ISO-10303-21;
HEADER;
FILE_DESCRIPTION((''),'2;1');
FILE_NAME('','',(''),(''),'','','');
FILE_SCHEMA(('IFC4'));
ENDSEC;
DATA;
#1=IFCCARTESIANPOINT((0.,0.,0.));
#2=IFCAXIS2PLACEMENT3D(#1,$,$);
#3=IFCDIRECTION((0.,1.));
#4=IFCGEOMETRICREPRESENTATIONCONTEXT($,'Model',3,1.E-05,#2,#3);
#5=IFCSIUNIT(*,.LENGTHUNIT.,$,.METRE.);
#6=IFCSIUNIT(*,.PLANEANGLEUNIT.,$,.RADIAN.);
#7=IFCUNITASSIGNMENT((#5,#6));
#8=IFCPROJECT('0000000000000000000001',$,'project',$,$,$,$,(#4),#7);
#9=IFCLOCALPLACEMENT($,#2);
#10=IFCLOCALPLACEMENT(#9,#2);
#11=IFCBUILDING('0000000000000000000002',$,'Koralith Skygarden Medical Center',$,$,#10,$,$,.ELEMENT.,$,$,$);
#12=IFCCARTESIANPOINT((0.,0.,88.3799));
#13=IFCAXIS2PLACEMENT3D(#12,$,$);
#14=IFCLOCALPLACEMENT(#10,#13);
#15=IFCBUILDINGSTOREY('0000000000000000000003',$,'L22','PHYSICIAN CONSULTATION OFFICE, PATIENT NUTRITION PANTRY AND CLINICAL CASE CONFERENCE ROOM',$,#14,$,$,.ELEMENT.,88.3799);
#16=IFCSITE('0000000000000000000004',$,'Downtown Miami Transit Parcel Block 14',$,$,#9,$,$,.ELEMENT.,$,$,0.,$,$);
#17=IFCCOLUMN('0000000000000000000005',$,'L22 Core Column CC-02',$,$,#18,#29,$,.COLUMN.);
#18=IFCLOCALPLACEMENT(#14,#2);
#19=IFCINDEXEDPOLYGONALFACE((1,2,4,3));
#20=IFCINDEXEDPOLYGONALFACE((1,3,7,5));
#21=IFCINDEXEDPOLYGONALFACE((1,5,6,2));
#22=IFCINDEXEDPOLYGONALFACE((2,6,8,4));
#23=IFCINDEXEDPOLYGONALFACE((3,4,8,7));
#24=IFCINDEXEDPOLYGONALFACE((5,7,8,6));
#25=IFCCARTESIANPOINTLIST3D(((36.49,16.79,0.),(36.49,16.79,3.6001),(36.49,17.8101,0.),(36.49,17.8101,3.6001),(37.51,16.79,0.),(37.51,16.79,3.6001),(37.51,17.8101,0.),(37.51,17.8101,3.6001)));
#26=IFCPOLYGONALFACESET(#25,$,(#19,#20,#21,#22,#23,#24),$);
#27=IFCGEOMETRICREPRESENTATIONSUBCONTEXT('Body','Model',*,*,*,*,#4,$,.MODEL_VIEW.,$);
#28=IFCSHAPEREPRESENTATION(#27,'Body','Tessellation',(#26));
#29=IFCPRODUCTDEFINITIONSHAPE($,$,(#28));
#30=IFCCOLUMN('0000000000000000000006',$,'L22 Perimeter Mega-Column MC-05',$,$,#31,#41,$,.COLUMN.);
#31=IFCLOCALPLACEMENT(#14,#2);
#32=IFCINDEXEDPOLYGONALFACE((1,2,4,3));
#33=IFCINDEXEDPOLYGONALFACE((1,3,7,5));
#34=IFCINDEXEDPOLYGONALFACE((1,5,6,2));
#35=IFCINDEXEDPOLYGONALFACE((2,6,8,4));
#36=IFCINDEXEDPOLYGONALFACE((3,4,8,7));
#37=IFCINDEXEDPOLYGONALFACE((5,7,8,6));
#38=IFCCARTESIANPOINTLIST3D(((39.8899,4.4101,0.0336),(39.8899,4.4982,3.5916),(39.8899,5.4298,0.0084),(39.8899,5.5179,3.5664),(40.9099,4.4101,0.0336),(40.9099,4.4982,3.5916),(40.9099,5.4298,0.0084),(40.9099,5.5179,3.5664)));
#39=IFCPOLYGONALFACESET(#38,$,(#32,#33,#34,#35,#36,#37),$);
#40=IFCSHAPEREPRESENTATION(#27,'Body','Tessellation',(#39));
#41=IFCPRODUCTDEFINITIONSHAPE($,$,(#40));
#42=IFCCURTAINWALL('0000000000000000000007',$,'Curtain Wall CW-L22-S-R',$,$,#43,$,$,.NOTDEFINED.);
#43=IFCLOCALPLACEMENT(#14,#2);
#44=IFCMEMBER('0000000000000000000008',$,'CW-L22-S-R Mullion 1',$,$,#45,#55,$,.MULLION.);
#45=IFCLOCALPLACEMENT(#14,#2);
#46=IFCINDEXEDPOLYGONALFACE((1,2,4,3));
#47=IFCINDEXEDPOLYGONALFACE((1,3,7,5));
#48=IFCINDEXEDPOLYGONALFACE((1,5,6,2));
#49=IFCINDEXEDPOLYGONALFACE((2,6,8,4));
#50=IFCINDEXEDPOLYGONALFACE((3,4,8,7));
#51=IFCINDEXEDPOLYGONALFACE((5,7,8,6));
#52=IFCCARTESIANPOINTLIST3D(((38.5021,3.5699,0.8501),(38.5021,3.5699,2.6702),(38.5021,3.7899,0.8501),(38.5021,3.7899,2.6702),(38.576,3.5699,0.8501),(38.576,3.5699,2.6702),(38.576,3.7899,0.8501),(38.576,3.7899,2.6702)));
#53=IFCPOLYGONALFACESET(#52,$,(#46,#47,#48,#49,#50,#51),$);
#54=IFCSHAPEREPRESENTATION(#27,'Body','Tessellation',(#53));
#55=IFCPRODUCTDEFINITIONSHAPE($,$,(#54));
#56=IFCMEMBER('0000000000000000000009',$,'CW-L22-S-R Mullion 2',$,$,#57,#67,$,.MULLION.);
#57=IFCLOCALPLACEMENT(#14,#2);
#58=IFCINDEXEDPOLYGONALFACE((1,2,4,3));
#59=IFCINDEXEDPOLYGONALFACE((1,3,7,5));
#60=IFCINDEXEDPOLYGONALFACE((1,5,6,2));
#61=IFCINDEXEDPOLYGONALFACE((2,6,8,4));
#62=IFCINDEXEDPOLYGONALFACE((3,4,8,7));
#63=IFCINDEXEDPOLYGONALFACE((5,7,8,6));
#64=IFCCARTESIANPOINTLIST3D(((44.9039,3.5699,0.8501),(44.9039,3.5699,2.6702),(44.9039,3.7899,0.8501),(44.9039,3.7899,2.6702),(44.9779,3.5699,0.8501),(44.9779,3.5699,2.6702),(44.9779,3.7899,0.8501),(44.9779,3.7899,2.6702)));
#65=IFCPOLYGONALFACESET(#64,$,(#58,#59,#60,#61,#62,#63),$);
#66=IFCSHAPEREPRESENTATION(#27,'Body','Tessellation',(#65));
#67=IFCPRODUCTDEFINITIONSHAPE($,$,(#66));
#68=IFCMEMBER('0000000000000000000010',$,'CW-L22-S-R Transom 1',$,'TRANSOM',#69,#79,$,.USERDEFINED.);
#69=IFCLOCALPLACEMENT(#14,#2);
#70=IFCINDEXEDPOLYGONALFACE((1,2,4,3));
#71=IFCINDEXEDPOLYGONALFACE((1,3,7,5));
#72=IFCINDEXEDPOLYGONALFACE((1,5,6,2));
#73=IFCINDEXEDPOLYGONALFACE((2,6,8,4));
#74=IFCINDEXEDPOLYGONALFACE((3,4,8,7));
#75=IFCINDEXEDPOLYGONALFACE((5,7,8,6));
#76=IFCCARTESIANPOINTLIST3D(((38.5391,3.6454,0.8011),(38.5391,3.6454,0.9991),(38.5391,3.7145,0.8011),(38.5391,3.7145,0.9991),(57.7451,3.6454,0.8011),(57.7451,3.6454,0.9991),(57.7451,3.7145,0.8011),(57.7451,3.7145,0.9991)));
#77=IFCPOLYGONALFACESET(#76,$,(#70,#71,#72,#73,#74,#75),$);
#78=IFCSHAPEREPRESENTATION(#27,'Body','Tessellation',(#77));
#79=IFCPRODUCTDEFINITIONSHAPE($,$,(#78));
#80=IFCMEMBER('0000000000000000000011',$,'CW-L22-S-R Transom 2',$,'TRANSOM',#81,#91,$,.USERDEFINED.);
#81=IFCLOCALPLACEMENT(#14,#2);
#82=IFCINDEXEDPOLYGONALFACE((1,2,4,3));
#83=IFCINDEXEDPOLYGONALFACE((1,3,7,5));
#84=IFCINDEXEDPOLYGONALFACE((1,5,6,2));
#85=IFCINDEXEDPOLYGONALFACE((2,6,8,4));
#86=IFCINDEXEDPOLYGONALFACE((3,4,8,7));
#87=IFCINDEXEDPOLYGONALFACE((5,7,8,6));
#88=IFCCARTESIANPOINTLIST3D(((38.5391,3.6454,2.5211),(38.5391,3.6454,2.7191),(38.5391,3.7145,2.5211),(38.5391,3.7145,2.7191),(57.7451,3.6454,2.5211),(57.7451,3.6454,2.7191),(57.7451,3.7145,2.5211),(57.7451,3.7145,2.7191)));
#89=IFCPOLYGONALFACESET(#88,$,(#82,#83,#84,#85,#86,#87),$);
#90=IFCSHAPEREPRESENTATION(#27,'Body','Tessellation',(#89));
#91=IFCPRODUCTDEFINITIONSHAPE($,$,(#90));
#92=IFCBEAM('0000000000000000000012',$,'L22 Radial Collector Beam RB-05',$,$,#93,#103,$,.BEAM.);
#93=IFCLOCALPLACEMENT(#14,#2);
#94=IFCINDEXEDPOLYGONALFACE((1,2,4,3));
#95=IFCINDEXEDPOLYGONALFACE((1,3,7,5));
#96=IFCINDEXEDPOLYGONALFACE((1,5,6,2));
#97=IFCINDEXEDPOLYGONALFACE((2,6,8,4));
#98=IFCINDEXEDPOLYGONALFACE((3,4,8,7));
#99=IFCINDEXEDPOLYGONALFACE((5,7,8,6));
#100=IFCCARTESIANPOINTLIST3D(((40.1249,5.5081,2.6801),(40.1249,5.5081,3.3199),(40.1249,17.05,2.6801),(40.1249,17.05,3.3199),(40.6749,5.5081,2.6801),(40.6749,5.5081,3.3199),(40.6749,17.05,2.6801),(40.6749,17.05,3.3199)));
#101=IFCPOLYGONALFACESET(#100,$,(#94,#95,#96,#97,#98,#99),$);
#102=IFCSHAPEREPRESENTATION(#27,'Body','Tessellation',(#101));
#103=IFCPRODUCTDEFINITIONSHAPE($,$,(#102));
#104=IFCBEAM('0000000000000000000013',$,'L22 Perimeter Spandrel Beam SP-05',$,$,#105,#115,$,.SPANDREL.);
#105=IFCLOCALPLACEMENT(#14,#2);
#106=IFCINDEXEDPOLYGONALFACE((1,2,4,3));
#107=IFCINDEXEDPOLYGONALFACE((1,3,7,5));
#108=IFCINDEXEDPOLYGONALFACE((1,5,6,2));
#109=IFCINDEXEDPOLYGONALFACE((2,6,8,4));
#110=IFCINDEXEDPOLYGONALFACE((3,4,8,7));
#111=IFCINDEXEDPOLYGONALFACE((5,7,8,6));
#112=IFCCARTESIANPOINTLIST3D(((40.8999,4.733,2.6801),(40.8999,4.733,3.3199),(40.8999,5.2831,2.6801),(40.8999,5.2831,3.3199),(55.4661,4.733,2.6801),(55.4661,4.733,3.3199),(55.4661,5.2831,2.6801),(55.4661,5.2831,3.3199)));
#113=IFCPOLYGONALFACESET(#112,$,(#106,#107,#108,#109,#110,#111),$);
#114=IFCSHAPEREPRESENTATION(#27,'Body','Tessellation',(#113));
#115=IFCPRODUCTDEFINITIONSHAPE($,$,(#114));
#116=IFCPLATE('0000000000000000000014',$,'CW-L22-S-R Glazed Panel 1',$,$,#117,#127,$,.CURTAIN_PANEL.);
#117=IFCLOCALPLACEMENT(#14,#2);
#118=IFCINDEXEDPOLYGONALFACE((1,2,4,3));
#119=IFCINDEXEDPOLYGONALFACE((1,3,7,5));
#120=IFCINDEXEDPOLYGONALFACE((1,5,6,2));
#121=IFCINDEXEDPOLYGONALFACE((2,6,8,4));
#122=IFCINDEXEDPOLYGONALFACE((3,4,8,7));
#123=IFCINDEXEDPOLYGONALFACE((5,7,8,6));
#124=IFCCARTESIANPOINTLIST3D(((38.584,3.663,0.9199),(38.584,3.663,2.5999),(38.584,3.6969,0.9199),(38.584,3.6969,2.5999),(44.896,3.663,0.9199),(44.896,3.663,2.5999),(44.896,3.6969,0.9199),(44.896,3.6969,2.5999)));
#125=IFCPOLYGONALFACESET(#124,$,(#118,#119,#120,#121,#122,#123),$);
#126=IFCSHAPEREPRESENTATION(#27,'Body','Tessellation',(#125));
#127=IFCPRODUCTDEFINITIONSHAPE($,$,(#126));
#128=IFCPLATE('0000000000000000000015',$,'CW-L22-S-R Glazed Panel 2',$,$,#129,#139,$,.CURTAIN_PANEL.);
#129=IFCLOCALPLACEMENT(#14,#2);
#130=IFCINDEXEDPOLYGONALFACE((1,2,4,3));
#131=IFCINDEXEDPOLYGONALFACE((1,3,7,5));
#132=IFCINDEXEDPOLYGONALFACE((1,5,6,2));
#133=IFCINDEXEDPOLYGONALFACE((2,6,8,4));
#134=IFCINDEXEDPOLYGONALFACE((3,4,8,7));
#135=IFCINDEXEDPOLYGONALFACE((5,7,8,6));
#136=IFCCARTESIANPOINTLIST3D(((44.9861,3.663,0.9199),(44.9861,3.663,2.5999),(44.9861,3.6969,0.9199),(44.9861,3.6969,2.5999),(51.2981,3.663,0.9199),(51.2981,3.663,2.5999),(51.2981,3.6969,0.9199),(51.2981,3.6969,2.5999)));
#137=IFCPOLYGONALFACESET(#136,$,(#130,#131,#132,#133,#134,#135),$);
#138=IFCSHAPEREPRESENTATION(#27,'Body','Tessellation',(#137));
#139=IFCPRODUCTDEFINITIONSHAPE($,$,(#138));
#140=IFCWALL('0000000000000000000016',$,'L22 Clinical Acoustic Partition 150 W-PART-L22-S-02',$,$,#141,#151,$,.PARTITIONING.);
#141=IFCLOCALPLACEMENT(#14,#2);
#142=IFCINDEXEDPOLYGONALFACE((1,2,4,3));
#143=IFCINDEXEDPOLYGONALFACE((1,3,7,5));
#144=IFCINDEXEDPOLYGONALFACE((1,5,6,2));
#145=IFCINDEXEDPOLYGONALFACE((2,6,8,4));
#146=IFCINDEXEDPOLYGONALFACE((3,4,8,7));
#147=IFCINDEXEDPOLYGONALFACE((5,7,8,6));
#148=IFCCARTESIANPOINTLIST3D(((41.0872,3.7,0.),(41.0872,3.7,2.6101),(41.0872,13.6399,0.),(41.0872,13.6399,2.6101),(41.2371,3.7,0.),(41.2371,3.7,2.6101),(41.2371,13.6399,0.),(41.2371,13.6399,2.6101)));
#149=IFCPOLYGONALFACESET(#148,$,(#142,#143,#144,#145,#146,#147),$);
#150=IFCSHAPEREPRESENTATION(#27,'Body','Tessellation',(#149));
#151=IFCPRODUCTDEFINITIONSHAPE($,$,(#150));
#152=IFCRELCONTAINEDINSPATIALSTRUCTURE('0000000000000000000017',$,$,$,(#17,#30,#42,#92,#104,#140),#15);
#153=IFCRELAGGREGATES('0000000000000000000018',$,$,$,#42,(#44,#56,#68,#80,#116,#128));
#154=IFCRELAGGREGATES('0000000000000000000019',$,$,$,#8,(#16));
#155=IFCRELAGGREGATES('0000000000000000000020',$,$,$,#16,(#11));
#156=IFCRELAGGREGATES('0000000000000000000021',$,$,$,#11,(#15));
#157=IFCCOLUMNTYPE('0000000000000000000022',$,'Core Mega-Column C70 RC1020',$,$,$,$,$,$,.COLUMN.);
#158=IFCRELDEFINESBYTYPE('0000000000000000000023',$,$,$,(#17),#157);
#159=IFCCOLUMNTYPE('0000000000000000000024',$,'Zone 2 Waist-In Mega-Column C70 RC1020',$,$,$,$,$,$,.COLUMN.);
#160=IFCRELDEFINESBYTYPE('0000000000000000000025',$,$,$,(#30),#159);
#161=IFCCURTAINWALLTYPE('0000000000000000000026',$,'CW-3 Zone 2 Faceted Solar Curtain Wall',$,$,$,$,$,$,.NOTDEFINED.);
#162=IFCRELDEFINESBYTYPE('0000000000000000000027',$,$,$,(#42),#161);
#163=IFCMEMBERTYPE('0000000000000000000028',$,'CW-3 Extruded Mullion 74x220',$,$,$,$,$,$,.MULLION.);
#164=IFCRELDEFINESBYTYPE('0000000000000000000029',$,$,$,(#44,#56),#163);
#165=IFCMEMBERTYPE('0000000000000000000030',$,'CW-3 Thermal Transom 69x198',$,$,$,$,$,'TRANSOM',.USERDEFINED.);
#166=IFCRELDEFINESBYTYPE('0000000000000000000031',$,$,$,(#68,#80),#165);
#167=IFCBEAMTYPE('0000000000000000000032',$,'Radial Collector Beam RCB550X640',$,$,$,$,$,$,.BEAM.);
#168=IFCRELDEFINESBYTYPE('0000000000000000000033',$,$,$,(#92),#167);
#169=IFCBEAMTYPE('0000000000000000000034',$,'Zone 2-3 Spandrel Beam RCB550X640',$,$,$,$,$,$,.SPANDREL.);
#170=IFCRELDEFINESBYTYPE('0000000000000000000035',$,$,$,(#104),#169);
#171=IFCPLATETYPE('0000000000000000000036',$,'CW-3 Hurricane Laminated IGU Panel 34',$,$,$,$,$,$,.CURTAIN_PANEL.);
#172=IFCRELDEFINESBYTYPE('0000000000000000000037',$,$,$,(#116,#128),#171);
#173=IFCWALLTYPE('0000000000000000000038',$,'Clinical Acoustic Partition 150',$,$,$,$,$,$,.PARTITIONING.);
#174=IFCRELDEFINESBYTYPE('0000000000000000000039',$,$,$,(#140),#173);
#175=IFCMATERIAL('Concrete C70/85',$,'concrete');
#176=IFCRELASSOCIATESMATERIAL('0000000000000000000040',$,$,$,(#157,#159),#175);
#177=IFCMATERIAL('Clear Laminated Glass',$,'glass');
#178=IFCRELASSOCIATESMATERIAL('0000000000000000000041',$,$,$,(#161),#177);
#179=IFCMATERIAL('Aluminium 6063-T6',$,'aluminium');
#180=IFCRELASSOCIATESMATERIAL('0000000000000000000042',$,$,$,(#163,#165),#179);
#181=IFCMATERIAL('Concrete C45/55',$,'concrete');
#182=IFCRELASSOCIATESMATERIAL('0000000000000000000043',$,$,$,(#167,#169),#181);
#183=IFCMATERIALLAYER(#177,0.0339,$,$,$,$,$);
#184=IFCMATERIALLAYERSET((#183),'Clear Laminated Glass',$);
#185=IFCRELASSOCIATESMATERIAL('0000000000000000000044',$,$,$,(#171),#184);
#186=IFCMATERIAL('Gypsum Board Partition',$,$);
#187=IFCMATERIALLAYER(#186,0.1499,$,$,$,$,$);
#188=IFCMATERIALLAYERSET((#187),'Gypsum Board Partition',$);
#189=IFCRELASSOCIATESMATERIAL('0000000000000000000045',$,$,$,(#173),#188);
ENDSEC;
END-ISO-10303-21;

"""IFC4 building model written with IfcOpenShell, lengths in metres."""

from ifc_helpers import new_model, si_unit, direction, frame, frame_2d, origin, origin_2d, place, context, subcontext, project, spatial, rectangle, extrude, material, layer, layer_set, material_profile, profile_set, type_object, element, aggregate, save


model = new_model("IFC4")

# Units and contexts
model_context = context("Model", 3, precision=1e-05, world=origin(), true_north=direction((0.0, 1.0)))
body_context = subcontext(model_context, "Body", "Model", "MODEL_VIEW")
ifc_project = project(units=[si_unit("LENGTHUNIT", "METRE"), si_unit("PLANEANGLEUNIT", "RADIAN")], contexts=[model_context])

# Site, building, storey
site_placement = place(None, origin())
site = spatial("IfcSite", under=ifc_project, at=site_placement, Name="Downtown Miami Transit Parcel Block 14", CompositionType="ELEMENT", RefElevation=0.0)
building_placement = place(site_placement, origin())
building = spatial("IfcBuilding", under=site, at=building_placement, Name="Koralith Skygarden Medical Center", CompositionType="ELEMENT")
storey_placement = place(building_placement, frame((0.0, 0.0, 88.3799)))
storey = spatial("IfcBuildingStorey", under=building, at=storey_placement, Name="L22", Description="PHYSICIAN CONSULTATION OFFICE, PATIENT NUTRITION PANTRY AND CLINICAL CASE CONFERENCE ROOM", CompositionType="ELEMENT", Elevation=88.3799)

# Columns
ifc_material_1 = material(Name="Concrete C70/85", Category="concrete")
ifc_material_profile_1 = material_profile(ifc_material_1, rectangle(XDim=1.02, YDim=1.02, at=origin_2d()), Name="RC1020X1020")
ifc_profile_set_1 = profile_set([ifc_material_profile_1], Name="Concrete C70/85")
column_type_1 = type_object("IfcColumnType", Name="Core Mega-Column C70 RC1020", PredefinedType="COLUMN", material=ifc_profile_set_1)
column_1_placement = place(storey_placement, frame((37.0, 17.3, 0.0), z_axis=(0.0, 0.0, 1.0), x_axis=(1.0, 0.0, 0.0)))
element("IfcColumn", 1, at=column_1_placement, inside=storey, type_object=column_type_1, Name="L22 Core Column CC-02", PredefinedType="COLUMN", context=body_context, shape_type="SweptSolid", body=[
    extrude(rectangle(XDim=1.02, YDim=1.02, at=origin_2d()), origin(), (0.0, 0.0, 1.0), 3.6001),
])
ifc_material_profile_2 = material_profile(ifc_material_1, rectangle(XDim=1.02, YDim=1.02, at=origin_2d()), Name="RC1020X1020")
ifc_profile_set_2 = profile_set([ifc_material_profile_2], Name="Concrete C70/85")
column_type_2 = type_object("IfcColumnType", Name="Zone 2 Waist-In Mega-Column C70 RC1020", PredefinedType="COLUMN", material=ifc_profile_set_2)
column_2_placement = place(storey_placement, frame((40.3999, 4.9199, 0.021), z_axis=(0.0, 0.024763, 0.999693), x_axis=(-1.0, 0.0, 0.0)))
element("IfcColumn", 2, at=column_2_placement, inside=storey, type_object=column_type_2, Name="L22 Perimeter Mega-Column MC-05", PredefinedType="COLUMN", context=body_context, shape_type="SweptSolid", body=[
    extrude(rectangle(XDim=1.02, YDim=1.02, at=origin_2d()), origin(), (0.0, 0.0, 1.0), 3.5591),
])

# Curtain wall, members
ifc_material_2 = material(Name="Clear Laminated Glass", Category="glass")
curtain_wall_type = type_object("IfcCurtainWallType", Name="CW-3 Zone 2 Faceted Solar Curtain Wall", PredefinedType="NOTDEFINED", material=ifc_material_2)
curtain_wall_placement = place(storey_placement, origin())
curtain_wall = element("IfcCurtainWall", 3, at=curtain_wall_placement, inside=storey, type_object=curtain_wall_type, Name="Curtain Wall CW-L22-S-R", PredefinedType="NOTDEFINED")
ifc_material_3 = material(Name="Aluminium 6063-T6", Category="aluminium")
ifc_material_profile_3 = material_profile(ifc_material_3, rectangle(XDim=0.074, YDim=0.22, at=origin_2d()), Name="MUL74X220")
ifc_profile_set_3 = profile_set([ifc_material_profile_3], Name="Aluminium 6063-T6")
member_type_1 = type_object("IfcMemberType", Name="CW-3 Extruded Mullion 74x220", PredefinedType="MULLION", material=ifc_profile_set_3)
member_1_placement = place(storey_placement, frame((38.5391, 3.6799, 0.8501), z_axis=(0.0, 0.0, 1.0), x_axis=(1.0, 0.0, 0.0)))
member_1 = element("IfcMember", 4, at=member_1_placement, type_object=member_type_1, Name="CW-L22-S-R Mullion 1", PredefinedType="MULLION", context=body_context, shape_type="SweptSolid", body=[
    extrude(rectangle(XDim=0.074, YDim=0.22, at=origin_2d()), origin(), (0.0, 0.0, 1.0), 1.8201),
])
member_2_placement = place(storey_placement, frame((44.9409, 3.6799, 0.8501), z_axis=(0.0, 0.0, 1.0), x_axis=(1.0, 0.0, 0.0)))
member_2 = element("IfcMember", 5, at=member_2_placement, type_object=member_type_1, Name="CW-L22-S-R Mullion 2", PredefinedType="MULLION", context=body_context, shape_type="SweptSolid", body=[
    extrude(rectangle(XDim=0.074, YDim=0.22, at=origin_2d()), origin(), (0.0, 0.0, 1.0), 1.8201),
])
ifc_material_profile_4 = material_profile(ifc_material_3, rectangle(XDim=0.0691, YDim=0.198, at=origin_2d()), Name="TRN69X198")
ifc_profile_set_4 = profile_set([ifc_material_profile_4], Name="Aluminium 6063-T6")
member_type_2 = type_object("IfcMemberType", Name="CW-3 Thermal Transom 69x198", ElementType="TRANSOM", PredefinedType="USERDEFINED", material=ifc_profile_set_4)
member_3_placement = place(storey_placement, frame((38.5391, 3.6799, 0.9001), z_axis=(1.0, 0.0, 0.0), x_axis=(0.0, 1.0, 0.0)))
member_3 = element("IfcMember", 6, at=member_3_placement, type_object=member_type_2, Name="CW-L22-S-R Transom 1", ObjectType="TRANSOM", PredefinedType="USERDEFINED", context=body_context, shape_type="SweptSolid", body=[
    extrude(rectangle(XDim=0.0691, YDim=0.198, at=origin_2d()), origin(), (0.0, 0.0, 1.0), 19.2061),
])
member_4_placement = place(storey_placement, frame((38.5391, 3.6799, 2.6201), z_axis=(1.0, 0.0, 0.0), x_axis=(0.0, 1.0, 0.0)))
member_4 = element("IfcMember", 7, at=member_4_placement, type_object=member_type_2, Name="CW-L22-S-R Transom 2", ObjectType="TRANSOM", PredefinedType="USERDEFINED", context=body_context, shape_type="SweptSolid", body=[
    extrude(rectangle(XDim=0.0691, YDim=0.198, at=origin_2d()), origin(), (0.0, 0.0, 1.0), 19.2061),
])

# Beams
ifc_material_4 = material(Name="Concrete C45/55", Category="concrete")
ifc_material_profile_5 = material_profile(ifc_material_4, rectangle(XDim=0.55, YDim=0.6399, at=origin_2d()), Name="RCB550X640")
ifc_profile_set_5 = profile_set([ifc_material_profile_5], Name="Concrete C45/55")
beam_type_1 = type_object("IfcBeamType", Name="Radial Collector Beam RCB550X640", PredefinedType="BEAM", material=ifc_profile_set_5)
beam_1_placement = place(storey_placement, frame((40.3999, 17.05, 3.0), z_axis=(0.0, -1.0, 0.0), x_axis=(1.0, 0.0, 0.0)))
element("IfcBeam", 8, at=beam_1_placement, inside=storey, type_object=beam_type_1, Name="L22 Radial Collector Beam RB-05", PredefinedType="BEAM", context=body_context, shape_type="SweptSolid", body=[
    extrude(rectangle(XDim=0.55, YDim=0.6399, at=origin_2d()), origin(), (0.0, 0.0, 1.0), 11.542),
])
ifc_material_profile_6 = material_profile(ifc_material_4, rectangle(XDim=0.55, YDim=0.6399, at=origin_2d()), Name="RCB550X640")
ifc_profile_set_6 = profile_set([ifc_material_profile_6], Name="Concrete C45/55")
beam_type_2 = type_object("IfcBeamType", Name="Zone 2-3 Spandrel Beam RCB550X640", PredefinedType="SPANDREL", material=ifc_profile_set_6)
beam_2_placement = place(storey_placement, frame((40.8999, 5.0081, 3.0), z_axis=(1.0, 0.0, 0.0), x_axis=(0.0, 1.0, 0.0)))
element("IfcBeam", 9, at=beam_2_placement, inside=storey, type_object=beam_type_2, Name="L22 Perimeter Spandrel Beam SP-05", PredefinedType="SPANDREL", context=body_context, shape_type="SweptSolid", body=[
    extrude(rectangle(XDim=0.55, YDim=0.6399, at=origin_2d()), origin(), (0.0, 0.0, 1.0), 14.5662),
])

# Plates
ifc_layer_1 = layer(ifc_material_2, 0.0339)
ifc_layer_set_1 = layer_set([ifc_layer_1], Name="Clear Laminated Glass")
plate_type = type_object("IfcPlateType", Name="CW-3 Hurricane Laminated IGU Panel 34", PredefinedType="CURTAIN_PANEL", material=ifc_layer_set_1)
plate_1_placement = place(storey_placement, frame((41.74, 3.6799, 0.9199), z_axis=(0.0, 0.0, 1.0), x_axis=(1.0, 0.0, 0.0)))
plate_1 = element("IfcPlate", 10, at=plate_1_placement, type_object=plate_type, Name="CW-L22-S-R Glazed Panel 1", PredefinedType="CURTAIN_PANEL", context=body_context, shape_type="SweptSolid", body=[
    extrude(rectangle(XDim=6.312, YDim=0.0339, at=origin_2d()), origin(), (0.0, 0.0, 1.0), 1.6799),
])
plate_2_placement = place(storey_placement, frame((48.1421, 3.6799, 0.9199), z_axis=(0.0, 0.0, 1.0), x_axis=(1.0, 0.0, 0.0)))
plate_2 = element("IfcPlate", 11, at=plate_2_placement, type_object=plate_type, Name="CW-L22-S-R Glazed Panel 2", PredefinedType="CURTAIN_PANEL", context=body_context, shape_type="SweptSolid", body=[
    extrude(rectangle(XDim=6.312, YDim=0.0339, at=origin_2d()), origin(), (0.0, 0.0, 1.0), 1.6799),
])
aggregate(curtain_wall, [member_1, member_2, member_3, member_4, plate_1, plate_2])

# Wall
ifc_material_5 = material(Name="Gypsum Board Partition")
ifc_layer_2 = layer(ifc_material_5, 0.1499)
ifc_layer_set_2 = layer_set([ifc_layer_2], Name="Gypsum Board Partition")
wall_type_1 = type_object("IfcWallType", Name="Clinical Acoustic Partition 150", PredefinedType="PARTITIONING", material=ifc_layer_set_2)
wall_1_placement = place(storey_placement, frame((41.1621, 13.6399, 0.0), z_axis=(0.0, 0.0, 1.0), x_axis=(0.0, -1.0, 0.0)))
element("IfcWall", 12, at=wall_1_placement, inside=storey, type_object=wall_type_1, Name="L22 Clinical Acoustic Partition 150 W-PART-L22-S-02", PredefinedType="PARTITIONING", context=body_context, shape_type="SweptSolid", body=[
    extrude(rectangle(XDim=9.9399, YDim=0.1499, at=frame_2d((4.97, 0.0))), origin(), (0.0, 0.0, 1.0), 2.6101),
])

save(model, "model.ifc")
